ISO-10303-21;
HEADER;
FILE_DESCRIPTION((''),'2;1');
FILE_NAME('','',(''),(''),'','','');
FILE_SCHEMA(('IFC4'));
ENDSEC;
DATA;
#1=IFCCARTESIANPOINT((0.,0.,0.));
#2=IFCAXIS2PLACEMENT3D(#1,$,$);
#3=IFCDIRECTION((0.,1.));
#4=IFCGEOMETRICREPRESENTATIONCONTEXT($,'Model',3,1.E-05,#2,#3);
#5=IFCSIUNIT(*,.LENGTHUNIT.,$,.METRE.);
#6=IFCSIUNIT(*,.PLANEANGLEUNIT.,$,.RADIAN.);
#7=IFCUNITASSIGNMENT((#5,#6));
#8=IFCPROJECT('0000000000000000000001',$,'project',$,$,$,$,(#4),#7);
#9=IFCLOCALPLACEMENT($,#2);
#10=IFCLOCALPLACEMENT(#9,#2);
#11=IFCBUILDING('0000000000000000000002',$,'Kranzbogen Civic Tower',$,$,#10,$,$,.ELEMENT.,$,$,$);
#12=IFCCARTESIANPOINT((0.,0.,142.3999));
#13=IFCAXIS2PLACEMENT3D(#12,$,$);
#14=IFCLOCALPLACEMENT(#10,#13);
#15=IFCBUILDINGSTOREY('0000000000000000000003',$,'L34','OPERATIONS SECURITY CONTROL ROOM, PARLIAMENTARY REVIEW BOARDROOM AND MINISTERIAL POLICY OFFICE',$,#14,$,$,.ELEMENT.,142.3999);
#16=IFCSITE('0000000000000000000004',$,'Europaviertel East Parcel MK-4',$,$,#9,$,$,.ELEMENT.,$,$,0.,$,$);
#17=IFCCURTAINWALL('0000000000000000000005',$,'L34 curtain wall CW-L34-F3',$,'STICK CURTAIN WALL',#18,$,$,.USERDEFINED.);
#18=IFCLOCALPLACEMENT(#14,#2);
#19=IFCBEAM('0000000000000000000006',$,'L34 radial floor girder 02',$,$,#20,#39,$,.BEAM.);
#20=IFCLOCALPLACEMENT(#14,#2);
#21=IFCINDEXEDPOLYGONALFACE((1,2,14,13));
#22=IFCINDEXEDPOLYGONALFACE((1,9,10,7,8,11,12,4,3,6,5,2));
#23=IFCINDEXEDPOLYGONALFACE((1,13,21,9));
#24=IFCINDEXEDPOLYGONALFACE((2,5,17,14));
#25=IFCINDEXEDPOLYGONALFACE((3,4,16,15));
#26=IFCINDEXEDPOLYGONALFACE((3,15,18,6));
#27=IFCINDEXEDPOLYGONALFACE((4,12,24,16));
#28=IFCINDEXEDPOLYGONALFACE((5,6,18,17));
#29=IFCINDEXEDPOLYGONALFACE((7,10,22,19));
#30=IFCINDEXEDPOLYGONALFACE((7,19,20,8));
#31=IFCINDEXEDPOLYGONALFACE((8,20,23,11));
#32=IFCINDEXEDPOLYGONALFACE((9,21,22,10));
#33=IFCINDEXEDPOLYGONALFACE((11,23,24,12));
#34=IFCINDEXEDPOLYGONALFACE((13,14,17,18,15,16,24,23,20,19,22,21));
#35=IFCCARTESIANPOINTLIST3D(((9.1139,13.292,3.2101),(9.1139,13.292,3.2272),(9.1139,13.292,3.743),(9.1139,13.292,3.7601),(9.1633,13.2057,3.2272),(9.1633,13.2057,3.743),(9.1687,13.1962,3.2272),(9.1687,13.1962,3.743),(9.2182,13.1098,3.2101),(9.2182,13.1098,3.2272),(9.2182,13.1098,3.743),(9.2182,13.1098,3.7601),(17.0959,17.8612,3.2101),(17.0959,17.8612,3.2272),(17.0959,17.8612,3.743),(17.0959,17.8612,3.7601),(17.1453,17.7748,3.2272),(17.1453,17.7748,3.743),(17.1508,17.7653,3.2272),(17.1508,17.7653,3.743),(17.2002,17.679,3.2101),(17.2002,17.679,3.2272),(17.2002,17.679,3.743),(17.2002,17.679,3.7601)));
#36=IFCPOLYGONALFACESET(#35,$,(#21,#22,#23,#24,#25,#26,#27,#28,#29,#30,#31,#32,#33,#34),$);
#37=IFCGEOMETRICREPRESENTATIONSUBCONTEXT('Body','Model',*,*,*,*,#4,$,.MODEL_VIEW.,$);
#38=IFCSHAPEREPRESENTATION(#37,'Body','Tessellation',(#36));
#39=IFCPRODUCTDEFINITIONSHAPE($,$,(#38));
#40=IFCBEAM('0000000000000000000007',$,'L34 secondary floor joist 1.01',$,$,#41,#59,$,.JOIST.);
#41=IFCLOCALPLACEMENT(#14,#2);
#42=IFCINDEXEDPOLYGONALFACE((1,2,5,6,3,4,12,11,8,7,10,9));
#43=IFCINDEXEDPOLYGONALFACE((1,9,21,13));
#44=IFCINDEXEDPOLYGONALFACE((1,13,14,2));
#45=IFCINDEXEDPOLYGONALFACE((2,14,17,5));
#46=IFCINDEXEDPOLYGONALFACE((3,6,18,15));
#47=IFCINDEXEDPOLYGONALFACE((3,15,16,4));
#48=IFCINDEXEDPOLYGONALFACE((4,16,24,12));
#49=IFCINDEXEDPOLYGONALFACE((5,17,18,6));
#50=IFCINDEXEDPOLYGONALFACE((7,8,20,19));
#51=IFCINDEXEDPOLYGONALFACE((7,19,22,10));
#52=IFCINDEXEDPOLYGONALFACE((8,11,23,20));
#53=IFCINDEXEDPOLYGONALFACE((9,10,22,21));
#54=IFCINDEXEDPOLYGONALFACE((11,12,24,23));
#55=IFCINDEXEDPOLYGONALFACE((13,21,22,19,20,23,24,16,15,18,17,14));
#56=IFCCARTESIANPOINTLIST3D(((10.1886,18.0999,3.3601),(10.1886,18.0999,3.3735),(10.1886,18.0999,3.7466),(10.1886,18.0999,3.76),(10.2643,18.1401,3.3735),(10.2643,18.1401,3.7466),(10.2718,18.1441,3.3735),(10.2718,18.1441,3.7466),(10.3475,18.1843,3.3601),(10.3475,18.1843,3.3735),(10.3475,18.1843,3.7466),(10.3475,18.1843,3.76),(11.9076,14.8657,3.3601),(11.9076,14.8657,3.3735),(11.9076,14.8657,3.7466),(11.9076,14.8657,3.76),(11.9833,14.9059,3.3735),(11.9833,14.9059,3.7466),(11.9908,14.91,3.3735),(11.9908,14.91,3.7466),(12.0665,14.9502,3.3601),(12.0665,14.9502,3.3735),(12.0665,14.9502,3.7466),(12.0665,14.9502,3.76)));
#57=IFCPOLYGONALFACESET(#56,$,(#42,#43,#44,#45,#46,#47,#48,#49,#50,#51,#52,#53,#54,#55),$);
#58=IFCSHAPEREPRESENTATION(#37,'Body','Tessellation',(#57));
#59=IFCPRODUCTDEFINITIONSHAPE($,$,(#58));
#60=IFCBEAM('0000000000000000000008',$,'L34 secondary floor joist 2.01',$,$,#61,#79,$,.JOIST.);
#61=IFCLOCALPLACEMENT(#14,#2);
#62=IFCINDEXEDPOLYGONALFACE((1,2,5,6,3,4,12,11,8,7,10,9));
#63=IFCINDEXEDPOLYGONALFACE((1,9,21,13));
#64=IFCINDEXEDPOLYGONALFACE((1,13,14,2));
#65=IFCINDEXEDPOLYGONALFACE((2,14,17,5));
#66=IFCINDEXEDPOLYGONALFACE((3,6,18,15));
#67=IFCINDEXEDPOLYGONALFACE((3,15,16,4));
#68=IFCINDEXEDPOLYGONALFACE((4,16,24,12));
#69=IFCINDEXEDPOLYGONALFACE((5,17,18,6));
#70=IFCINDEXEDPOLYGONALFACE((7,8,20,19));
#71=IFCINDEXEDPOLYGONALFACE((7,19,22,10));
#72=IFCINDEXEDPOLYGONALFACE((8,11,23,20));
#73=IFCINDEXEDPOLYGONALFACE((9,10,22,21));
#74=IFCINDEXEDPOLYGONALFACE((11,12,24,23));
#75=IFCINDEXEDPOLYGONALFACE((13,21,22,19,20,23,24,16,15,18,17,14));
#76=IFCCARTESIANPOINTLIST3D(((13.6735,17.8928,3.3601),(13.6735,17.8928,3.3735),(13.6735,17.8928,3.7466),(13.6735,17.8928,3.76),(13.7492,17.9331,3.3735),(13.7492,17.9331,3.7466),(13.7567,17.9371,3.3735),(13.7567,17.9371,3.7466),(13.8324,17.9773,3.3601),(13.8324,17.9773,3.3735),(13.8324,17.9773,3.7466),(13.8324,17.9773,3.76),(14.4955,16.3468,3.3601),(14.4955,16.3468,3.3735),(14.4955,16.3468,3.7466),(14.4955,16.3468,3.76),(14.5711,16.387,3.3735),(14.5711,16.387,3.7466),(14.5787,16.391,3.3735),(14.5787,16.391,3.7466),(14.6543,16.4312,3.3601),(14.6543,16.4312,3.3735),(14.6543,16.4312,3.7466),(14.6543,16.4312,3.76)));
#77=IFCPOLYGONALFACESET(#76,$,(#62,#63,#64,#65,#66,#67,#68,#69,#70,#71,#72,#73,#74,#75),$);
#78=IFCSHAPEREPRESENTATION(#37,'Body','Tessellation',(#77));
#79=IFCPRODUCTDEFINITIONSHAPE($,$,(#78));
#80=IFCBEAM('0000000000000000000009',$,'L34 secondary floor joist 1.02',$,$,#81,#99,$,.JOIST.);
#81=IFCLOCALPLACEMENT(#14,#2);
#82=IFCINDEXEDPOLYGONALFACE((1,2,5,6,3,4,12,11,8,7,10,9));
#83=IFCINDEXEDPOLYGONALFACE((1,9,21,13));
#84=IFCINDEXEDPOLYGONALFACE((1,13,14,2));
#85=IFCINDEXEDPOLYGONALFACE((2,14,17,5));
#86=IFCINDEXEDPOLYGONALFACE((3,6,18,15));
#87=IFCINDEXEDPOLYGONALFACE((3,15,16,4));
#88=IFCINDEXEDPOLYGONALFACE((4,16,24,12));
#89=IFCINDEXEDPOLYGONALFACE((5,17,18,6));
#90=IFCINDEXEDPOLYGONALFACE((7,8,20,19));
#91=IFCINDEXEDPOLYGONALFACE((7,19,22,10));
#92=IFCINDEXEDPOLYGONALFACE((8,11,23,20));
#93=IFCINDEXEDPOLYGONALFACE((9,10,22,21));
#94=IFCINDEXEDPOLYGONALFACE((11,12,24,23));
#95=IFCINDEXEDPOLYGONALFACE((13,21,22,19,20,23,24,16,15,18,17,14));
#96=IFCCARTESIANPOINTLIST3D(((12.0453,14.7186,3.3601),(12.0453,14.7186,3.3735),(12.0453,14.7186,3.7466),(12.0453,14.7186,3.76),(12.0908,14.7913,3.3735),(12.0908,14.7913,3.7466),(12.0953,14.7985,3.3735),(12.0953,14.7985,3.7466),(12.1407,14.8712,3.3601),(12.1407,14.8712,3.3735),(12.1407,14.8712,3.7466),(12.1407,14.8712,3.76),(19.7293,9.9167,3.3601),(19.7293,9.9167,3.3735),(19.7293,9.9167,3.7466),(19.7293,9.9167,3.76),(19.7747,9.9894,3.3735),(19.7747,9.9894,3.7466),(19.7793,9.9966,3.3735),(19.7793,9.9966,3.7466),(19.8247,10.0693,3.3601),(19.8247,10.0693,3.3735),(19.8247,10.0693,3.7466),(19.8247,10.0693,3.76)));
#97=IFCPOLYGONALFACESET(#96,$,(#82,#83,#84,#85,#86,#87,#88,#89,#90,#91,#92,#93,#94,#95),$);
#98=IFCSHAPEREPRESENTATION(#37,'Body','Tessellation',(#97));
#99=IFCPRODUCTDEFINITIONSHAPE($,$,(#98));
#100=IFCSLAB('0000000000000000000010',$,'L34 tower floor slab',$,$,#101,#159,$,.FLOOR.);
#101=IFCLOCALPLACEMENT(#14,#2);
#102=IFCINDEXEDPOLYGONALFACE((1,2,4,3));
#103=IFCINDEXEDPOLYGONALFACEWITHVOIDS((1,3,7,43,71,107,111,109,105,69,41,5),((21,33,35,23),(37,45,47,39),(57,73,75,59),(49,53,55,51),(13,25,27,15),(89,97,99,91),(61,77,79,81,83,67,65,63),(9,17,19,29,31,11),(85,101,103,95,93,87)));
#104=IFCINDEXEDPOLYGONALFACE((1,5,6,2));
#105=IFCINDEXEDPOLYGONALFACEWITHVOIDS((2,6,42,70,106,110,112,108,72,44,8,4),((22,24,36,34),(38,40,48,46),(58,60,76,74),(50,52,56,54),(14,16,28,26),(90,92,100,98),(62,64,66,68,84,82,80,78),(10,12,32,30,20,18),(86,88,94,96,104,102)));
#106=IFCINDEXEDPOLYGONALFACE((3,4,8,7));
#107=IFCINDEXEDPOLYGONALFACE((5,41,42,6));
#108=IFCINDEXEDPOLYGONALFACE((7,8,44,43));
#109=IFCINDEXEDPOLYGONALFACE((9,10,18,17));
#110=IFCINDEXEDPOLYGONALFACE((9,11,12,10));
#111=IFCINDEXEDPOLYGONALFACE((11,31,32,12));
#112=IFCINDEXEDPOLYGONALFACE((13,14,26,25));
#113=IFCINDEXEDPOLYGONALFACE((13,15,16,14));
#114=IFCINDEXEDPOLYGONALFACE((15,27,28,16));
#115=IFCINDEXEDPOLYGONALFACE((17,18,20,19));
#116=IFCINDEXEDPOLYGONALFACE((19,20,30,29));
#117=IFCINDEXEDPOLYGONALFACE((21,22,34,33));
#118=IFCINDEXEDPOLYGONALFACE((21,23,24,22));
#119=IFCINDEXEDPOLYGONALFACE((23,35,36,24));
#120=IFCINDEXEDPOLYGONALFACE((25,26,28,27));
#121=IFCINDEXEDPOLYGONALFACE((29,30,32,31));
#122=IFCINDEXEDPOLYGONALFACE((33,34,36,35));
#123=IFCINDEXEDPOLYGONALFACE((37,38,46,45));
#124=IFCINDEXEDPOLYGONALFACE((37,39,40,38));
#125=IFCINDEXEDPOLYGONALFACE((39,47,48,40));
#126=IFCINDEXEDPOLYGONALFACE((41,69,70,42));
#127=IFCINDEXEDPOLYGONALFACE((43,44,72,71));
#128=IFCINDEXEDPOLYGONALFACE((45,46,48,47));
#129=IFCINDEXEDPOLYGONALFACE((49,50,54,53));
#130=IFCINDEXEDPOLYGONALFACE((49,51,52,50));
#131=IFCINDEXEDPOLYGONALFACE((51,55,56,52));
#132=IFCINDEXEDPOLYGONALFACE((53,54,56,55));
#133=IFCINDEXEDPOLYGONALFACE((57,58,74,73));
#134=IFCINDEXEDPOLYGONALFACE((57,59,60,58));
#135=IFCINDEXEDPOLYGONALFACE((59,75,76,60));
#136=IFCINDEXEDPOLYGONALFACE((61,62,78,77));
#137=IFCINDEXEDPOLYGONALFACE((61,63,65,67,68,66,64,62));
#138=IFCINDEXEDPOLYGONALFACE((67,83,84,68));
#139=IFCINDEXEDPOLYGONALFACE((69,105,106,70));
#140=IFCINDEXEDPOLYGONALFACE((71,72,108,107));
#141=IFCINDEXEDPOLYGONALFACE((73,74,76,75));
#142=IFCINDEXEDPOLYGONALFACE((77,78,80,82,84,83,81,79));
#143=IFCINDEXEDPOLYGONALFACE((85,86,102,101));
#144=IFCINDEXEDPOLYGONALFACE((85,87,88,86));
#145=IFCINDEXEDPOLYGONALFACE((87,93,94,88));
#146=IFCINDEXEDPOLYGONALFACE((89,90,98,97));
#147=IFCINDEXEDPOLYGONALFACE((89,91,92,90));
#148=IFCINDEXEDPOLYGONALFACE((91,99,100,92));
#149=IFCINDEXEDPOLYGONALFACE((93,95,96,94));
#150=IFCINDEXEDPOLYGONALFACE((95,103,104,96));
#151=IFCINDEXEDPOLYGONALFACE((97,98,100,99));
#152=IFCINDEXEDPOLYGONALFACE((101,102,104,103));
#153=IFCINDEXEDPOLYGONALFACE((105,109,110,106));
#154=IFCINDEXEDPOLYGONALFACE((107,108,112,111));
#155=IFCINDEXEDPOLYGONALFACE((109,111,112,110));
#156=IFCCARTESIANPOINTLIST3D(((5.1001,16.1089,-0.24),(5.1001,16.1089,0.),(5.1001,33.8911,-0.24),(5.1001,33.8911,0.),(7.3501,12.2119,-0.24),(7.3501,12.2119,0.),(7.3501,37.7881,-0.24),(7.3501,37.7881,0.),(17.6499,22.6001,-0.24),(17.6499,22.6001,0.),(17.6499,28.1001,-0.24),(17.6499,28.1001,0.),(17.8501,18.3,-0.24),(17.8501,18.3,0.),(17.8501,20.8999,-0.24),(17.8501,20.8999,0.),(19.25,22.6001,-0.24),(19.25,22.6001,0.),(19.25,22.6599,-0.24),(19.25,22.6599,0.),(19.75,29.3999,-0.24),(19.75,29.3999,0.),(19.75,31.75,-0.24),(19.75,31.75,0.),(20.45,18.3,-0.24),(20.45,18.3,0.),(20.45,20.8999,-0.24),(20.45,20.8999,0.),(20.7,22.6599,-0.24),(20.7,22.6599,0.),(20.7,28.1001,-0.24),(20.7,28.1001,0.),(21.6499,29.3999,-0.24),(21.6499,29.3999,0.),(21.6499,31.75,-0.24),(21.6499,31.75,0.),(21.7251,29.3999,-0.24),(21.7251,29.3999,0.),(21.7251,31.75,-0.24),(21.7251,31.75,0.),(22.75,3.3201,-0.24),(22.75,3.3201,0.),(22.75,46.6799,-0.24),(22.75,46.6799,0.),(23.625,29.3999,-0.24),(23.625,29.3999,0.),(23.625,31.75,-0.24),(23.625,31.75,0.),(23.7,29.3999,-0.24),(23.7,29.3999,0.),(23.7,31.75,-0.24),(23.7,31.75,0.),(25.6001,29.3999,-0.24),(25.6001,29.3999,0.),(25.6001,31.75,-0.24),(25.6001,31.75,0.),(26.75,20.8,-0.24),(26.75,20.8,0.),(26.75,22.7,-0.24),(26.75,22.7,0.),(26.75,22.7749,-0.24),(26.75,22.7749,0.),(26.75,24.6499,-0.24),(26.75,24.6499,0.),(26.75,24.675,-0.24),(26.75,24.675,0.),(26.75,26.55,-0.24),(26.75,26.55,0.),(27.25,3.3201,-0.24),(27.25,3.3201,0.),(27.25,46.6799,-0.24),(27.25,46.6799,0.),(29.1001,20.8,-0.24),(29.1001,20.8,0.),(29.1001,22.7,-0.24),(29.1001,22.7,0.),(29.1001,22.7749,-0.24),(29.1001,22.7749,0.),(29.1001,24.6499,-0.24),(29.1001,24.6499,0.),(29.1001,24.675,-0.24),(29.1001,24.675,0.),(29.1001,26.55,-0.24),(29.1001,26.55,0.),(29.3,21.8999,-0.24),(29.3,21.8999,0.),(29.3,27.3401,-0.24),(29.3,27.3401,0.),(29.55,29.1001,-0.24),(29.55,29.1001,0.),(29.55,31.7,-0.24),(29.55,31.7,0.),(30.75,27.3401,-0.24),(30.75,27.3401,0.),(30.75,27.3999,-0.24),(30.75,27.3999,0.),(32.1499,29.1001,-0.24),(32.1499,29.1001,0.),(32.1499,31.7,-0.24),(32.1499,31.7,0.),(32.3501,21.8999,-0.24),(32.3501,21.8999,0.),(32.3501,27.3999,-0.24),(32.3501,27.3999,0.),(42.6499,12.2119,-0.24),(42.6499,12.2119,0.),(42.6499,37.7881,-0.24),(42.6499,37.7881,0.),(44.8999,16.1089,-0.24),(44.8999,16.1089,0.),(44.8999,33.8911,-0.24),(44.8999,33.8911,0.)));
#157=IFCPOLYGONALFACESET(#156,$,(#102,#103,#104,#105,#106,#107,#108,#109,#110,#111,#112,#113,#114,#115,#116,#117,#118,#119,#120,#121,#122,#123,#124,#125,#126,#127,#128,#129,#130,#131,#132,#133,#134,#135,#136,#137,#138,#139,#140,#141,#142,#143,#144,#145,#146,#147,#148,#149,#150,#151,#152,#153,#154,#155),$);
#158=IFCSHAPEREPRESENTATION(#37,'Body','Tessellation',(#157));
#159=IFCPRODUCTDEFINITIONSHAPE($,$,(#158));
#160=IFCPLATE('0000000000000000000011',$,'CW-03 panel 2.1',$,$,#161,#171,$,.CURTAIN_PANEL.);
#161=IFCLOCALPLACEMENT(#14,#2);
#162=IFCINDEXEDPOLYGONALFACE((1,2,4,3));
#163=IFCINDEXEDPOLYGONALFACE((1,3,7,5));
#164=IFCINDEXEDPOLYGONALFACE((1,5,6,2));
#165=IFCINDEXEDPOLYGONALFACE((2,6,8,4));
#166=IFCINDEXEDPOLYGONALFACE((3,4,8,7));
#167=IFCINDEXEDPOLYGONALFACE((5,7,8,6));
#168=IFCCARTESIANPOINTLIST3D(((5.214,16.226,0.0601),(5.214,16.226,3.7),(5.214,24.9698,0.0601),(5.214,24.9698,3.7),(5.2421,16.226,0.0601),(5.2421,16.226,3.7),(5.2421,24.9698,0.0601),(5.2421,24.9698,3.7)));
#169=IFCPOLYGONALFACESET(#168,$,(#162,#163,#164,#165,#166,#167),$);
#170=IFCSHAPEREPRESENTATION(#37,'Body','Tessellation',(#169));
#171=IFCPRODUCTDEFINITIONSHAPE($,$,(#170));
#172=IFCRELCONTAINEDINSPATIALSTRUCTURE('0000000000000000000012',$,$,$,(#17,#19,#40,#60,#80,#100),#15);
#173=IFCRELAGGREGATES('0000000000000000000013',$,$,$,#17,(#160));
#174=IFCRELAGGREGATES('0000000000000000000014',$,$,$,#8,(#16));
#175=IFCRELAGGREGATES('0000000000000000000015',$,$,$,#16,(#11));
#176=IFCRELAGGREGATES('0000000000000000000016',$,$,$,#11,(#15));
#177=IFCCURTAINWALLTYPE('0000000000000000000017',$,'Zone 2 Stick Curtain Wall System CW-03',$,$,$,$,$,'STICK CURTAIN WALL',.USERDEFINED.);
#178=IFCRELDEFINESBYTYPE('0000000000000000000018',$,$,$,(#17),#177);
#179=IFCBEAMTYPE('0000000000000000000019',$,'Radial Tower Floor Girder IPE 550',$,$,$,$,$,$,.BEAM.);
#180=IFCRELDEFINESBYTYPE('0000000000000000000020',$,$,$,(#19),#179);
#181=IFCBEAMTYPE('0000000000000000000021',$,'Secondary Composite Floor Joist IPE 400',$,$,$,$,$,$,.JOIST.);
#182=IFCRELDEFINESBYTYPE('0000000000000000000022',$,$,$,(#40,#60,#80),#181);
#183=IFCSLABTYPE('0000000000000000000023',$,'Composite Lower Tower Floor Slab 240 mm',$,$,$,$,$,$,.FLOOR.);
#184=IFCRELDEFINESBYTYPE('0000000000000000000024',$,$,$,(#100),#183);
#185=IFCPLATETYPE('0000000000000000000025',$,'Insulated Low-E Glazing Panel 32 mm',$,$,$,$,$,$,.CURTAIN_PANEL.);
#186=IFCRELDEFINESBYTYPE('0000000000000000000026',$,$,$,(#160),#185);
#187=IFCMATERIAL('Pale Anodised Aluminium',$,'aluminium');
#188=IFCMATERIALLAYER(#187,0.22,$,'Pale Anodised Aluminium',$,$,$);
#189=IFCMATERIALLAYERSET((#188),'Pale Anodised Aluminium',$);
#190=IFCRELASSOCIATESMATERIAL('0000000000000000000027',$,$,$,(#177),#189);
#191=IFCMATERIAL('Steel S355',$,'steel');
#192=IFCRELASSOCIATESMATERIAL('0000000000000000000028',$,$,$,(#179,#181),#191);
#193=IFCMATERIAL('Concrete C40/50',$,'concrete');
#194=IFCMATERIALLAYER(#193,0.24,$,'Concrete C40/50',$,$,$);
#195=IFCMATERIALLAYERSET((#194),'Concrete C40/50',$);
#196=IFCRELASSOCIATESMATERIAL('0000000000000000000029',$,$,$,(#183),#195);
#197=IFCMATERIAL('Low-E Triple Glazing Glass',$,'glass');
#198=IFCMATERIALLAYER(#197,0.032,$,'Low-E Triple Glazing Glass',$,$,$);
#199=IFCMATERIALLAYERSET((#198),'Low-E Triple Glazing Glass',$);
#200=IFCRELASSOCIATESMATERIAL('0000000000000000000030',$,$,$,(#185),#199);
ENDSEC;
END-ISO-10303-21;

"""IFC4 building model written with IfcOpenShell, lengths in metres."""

from ifc_helpers import new_model, si_unit, direction, frame, origin, origin_2d, place, context, subcontext, project, spatial, polyline, rectangle, i_section, outline, extrude, material, layer, layer_set, material_profile, profile_set, type_object, element, aggregate, save


model = new_model("IFC4")

# Units and contexts
model_context = context("Model", 3, precision=1e-05, world=origin(), true_north=direction((0.0, 1.0)))
body_context = subcontext(model_context, "Body", "Model", "MODEL_VIEW")
ifc_project = project(units=[si_unit("LENGTHUNIT", "METRE"), si_unit("PLANEANGLEUNIT", "RADIAN")], contexts=[model_context])

# Site, building, storey
site_placement = place(None, origin())
site = spatial("IfcSite", under=ifc_project, at=site_placement, Name="Europaviertel East Parcel MK-4", CompositionType="ELEMENT", RefElevation=0.0)
building_placement = place(site_placement, origin())
building = spatial("IfcBuilding", under=site, at=building_placement, Name="Kranzbogen Civic Tower", CompositionType="ELEMENT")
storey_placement = place(building_placement, frame((0.0, 0.0, 142.3999)))
storey = spatial("IfcBuildingStorey", under=building, at=storey_placement, Name="L34", Description="OPERATIONS SECURITY CONTROL ROOM, PARLIAMENTARY REVIEW BOARDROOM AND MINISTERIAL POLICY OFFICE", CompositionType="ELEMENT", Elevation=142.3999)

# Shared definitions
ifc_material_1 = material(Name="Steel S355", Category="steel")

# Curtain wall
ifc_material_2 = material(Name="Pale Anodised Aluminium", Category="aluminium")
ifc_layer_1 = layer(ifc_material_2, 0.22, Name="Pale Anodised Aluminium")
ifc_layer_set_1 = layer_set([ifc_layer_1], Name="Pale Anodised Aluminium")
curtain_wall_type = type_object("IfcCurtainWallType", Name="Zone 2 Stick Curtain Wall System CW-03", ElementType="STICK CURTAIN WALL", PredefinedType="USERDEFINED", material=ifc_layer_set_1)
curtain_wall_1_placement = place(storey_placement, origin())
curtain_wall_1 = element("IfcCurtainWall", 1, at=curtain_wall_1_placement, inside=storey, type_object=curtain_wall_type, Name="L34 curtain wall CW-L34-F3", ObjectType="STICK CURTAIN WALL", PredefinedType="USERDEFINED")

# Beams
ifc_material_profile_1 = material_profile(ifc_material_1, i_section(OverallWidth=0.21, OverallDepth=0.55, WebThickness=0.011, FlangeThickness=0.0171, at=origin_2d()), Name="IPE 550")
ifc_profile_set_1 = profile_set([ifc_material_profile_1], Name="Steel S355")
beam_type_1 = type_object("IfcBeamType", Name="Radial Tower Floor Girder IPE 550", PredefinedType="BEAM", material=ifc_profile_set_1)
beam_1_placement = place(storey_placement, frame((9.166, 13.2009, 3.4851), z_axis=(0.867869, 0.496793, 0.0), x_axis=(-0.496793, 0.867869, 0.0)))
element("IfcBeam", 2, at=beam_1_placement, inside=storey, type_object=beam_type_1, Name="L34 radial floor girder 02", PredefinedType="BEAM", context=body_context, shape_type="SweptSolid", body=[
    extrude(i_section(OverallWidth=0.21, OverallDepth=0.55, WebThickness=0.011, FlangeThickness=0.0171, at=origin_2d()), origin(), (0.0, 0.0, 1.0), 9.1973),
])
ifc_material_profile_2 = material_profile(ifc_material_1, i_section(OverallWidth=0.1799, OverallDepth=0.3999, WebThickness=0.0085, FlangeThickness=0.0134, at=origin_2d()), Name="IPE 400")
ifc_profile_set_2 = profile_set([ifc_material_profile_2], Name="Steel S355")
beam_type_2 = type_object("IfcBeamType", Name="Secondary Composite Floor Joist IPE 400", PredefinedType="JOIST", material=ifc_profile_set_2)
beam_2_placement = place(storey_placement, frame((10.2681, 18.1421, 3.5601), z_axis=(0.469339, -0.883018, 0.0), x_axis=(0.883018, 0.469339, 0.0)))
element("IfcBeam", 3, at=beam_2_placement, inside=storey, type_object=beam_type_2, Name="L34 secondary floor joist 1.01", PredefinedType="JOIST", context=body_context, shape_type="SweptSolid", body=[
    extrude(i_section(OverallWidth=0.1799, OverallDepth=0.3999, WebThickness=0.0085, FlangeThickness=0.0134, at=origin_2d()), origin(), (0.0, 0.0, 1.0), 3.6626),
])
beam_3_placement = place(storey_placement, frame((13.7529, 17.9351, 3.5601), z_axis=(0.469437, -0.882966, 0.0), x_axis=(0.882966, 0.469437, 0.0)))
element("IfcBeam", 4, at=beam_3_placement, inside=storey, type_object=beam_type_2, Name="L34 secondary floor joist 2.01", PredefinedType="JOIST", context=body_context, shape_type="SweptSolid", body=[
    extrude(i_section(OverallWidth=0.1799, OverallDepth=0.3999, WebThickness=0.0085, FlangeThickness=0.0134, at=origin_2d()), origin(), (0.0, 0.0, 1.0), 1.751),
])
beam_4_placement = place(storey_placement, frame((12.093, 14.7949, 3.5601), z_axis=(0.848026, -0.529955, 0.0), x_axis=(0.529955, 0.848026, 0.0)))
element("IfcBeam", 5, at=beam_4_placement, inside=storey, type_object=beam_type_2, Name="L34 secondary floor joist 1.02", PredefinedType="JOIST", context=body_context, shape_type="SweptSolid", body=[
    extrude(i_section(OverallWidth=0.1799, OverallDepth=0.3999, WebThickness=0.0085, FlangeThickness=0.0134, at=origin_2d()), origin(), (0.0, 0.0, 1.0), 9.061),
])

# Slab
ifc_material_3 = material(Name="Concrete C40/50", Category="concrete")
ifc_layer_2 = layer(ifc_material_3, 0.24, Name="Concrete C40/50")
ifc_layer_set_2 = layer_set([ifc_layer_2], Name="Concrete C40/50")
slab_type_1 = type_object("IfcSlabType", Name="Composite Lower Tower Floor Slab 240 mm", PredefinedType="FLOOR", material=ifc_layer_set_2)
slab_1_placement = place(storey_placement, frame((0.0, 0.0, -0.24)))
element("IfcSlab", 6, at=slab_1_placement, inside=storey, type_object=slab_type_1, Name="L34 tower floor slab", PredefinedType="FLOOR", context=body_context, shape_type="SweptSolid", body=[
    extrude(outline(polyline([(42.6499, 37.7881), (27.25, 46.6799), (22.75, 46.6799), (7.3501, 37.7881), (5.1001, 33.8911), (5.1001, 16.1089), (7.3501, 12.2119), (22.75, 3.3201), (27.25, 3.3201), (42.6499, 12.2119), (44.8999, 16.1089), (44.8999, 33.8911), (42.6499, 37.7881)]), holes=[polyline([(20.45, 20.8999), (20.45, 18.3), (17.8501, 18.3), (17.8501, 20.8999), (20.45, 20.8999)]), polyline([(29.1001, 22.7), (29.1001, 20.8), (26.75, 20.8), (26.75, 22.7), (29.1001, 22.7)]), polyline([(29.1001, 24.6499), (29.1001, 22.7749), (26.75, 22.7749), (26.75, 24.6499), (26.75, 24.675), (26.75, 26.55), (29.1001, 26.55), (29.1001, 24.675), (29.1001, 24.6499)]), polyline([(30.75, 27.3401), (30.75, 27.3999), (32.3501, 27.3999), (32.3501, 21.8999), (29.3, 21.8999), (29.3, 27.3401), (30.75, 27.3401)]), polyline([(19.25, 22.6599), (19.25, 22.6001), (17.6499, 22.6001), (17.6499, 28.1001), (20.7, 28.1001), (20.7, 22.6599), (19.25, 22.6599)]), polyline([(32.1499, 31.7), (32.1499, 29.1001), (29.55, 29.1001), (29.55, 31.7), (32.1499, 31.7)]), polyline([(21.6499, 31.75), (21.6499, 29.3999), (19.75, 29.3999), (19.75, 31.75), (21.6499, 31.75)]), polyline([(23.625, 29.3999), (21.7251, 29.3999), (21.7251, 31.75), (23.625, 31.75), (23.625, 29.3999)]), polyline([(25.6001, 29.3999), (23.7, 29.3999), (23.7, 31.75), (25.6001, 31.75), (25.6001, 29.3999)])]), origin(), (0.0, 0.0, 1.0), 0.24),
])

# Plate
ifc_material_4 = material(Name="Low-E Triple Glazing Glass", Category="glass")
ifc_layer_3 = layer(ifc_material_4, 0.032, Name="Low-E Triple Glazing Glass")
ifc_layer_set_3 = layer_set([ifc_layer_3], Name="Low-E Triple Glazing Glass")
plate_type = type_object("IfcPlateType", Name="Insulated Low-E Glazing Panel 32 mm", PredefinedType="CURTAIN_PANEL", material=ifc_layer_set_3)
plate_1_placement = place(storey_placement, frame((5.228, 20.5979, 0.0601), z_axis=(0.0, 0.0, 1.0), x_axis=(0.0, -1.0, 0.0)))
plate_1 = element("IfcPlate", 7, at=plate_1_placement, type_object=plate_type, Name="CW-03 panel 2.1", PredefinedType="CURTAIN_PANEL", context=body_context, shape_type="SweptSolid", body=[
    extrude(rectangle(XDim=8.7439, YDim=0.0281, at=origin_2d()), origin(), (0.0, 0.0, 1.0), 3.6399),
])
aggregate(curtain_wall_1, [plate_1])

save(model, "model.ifc")
